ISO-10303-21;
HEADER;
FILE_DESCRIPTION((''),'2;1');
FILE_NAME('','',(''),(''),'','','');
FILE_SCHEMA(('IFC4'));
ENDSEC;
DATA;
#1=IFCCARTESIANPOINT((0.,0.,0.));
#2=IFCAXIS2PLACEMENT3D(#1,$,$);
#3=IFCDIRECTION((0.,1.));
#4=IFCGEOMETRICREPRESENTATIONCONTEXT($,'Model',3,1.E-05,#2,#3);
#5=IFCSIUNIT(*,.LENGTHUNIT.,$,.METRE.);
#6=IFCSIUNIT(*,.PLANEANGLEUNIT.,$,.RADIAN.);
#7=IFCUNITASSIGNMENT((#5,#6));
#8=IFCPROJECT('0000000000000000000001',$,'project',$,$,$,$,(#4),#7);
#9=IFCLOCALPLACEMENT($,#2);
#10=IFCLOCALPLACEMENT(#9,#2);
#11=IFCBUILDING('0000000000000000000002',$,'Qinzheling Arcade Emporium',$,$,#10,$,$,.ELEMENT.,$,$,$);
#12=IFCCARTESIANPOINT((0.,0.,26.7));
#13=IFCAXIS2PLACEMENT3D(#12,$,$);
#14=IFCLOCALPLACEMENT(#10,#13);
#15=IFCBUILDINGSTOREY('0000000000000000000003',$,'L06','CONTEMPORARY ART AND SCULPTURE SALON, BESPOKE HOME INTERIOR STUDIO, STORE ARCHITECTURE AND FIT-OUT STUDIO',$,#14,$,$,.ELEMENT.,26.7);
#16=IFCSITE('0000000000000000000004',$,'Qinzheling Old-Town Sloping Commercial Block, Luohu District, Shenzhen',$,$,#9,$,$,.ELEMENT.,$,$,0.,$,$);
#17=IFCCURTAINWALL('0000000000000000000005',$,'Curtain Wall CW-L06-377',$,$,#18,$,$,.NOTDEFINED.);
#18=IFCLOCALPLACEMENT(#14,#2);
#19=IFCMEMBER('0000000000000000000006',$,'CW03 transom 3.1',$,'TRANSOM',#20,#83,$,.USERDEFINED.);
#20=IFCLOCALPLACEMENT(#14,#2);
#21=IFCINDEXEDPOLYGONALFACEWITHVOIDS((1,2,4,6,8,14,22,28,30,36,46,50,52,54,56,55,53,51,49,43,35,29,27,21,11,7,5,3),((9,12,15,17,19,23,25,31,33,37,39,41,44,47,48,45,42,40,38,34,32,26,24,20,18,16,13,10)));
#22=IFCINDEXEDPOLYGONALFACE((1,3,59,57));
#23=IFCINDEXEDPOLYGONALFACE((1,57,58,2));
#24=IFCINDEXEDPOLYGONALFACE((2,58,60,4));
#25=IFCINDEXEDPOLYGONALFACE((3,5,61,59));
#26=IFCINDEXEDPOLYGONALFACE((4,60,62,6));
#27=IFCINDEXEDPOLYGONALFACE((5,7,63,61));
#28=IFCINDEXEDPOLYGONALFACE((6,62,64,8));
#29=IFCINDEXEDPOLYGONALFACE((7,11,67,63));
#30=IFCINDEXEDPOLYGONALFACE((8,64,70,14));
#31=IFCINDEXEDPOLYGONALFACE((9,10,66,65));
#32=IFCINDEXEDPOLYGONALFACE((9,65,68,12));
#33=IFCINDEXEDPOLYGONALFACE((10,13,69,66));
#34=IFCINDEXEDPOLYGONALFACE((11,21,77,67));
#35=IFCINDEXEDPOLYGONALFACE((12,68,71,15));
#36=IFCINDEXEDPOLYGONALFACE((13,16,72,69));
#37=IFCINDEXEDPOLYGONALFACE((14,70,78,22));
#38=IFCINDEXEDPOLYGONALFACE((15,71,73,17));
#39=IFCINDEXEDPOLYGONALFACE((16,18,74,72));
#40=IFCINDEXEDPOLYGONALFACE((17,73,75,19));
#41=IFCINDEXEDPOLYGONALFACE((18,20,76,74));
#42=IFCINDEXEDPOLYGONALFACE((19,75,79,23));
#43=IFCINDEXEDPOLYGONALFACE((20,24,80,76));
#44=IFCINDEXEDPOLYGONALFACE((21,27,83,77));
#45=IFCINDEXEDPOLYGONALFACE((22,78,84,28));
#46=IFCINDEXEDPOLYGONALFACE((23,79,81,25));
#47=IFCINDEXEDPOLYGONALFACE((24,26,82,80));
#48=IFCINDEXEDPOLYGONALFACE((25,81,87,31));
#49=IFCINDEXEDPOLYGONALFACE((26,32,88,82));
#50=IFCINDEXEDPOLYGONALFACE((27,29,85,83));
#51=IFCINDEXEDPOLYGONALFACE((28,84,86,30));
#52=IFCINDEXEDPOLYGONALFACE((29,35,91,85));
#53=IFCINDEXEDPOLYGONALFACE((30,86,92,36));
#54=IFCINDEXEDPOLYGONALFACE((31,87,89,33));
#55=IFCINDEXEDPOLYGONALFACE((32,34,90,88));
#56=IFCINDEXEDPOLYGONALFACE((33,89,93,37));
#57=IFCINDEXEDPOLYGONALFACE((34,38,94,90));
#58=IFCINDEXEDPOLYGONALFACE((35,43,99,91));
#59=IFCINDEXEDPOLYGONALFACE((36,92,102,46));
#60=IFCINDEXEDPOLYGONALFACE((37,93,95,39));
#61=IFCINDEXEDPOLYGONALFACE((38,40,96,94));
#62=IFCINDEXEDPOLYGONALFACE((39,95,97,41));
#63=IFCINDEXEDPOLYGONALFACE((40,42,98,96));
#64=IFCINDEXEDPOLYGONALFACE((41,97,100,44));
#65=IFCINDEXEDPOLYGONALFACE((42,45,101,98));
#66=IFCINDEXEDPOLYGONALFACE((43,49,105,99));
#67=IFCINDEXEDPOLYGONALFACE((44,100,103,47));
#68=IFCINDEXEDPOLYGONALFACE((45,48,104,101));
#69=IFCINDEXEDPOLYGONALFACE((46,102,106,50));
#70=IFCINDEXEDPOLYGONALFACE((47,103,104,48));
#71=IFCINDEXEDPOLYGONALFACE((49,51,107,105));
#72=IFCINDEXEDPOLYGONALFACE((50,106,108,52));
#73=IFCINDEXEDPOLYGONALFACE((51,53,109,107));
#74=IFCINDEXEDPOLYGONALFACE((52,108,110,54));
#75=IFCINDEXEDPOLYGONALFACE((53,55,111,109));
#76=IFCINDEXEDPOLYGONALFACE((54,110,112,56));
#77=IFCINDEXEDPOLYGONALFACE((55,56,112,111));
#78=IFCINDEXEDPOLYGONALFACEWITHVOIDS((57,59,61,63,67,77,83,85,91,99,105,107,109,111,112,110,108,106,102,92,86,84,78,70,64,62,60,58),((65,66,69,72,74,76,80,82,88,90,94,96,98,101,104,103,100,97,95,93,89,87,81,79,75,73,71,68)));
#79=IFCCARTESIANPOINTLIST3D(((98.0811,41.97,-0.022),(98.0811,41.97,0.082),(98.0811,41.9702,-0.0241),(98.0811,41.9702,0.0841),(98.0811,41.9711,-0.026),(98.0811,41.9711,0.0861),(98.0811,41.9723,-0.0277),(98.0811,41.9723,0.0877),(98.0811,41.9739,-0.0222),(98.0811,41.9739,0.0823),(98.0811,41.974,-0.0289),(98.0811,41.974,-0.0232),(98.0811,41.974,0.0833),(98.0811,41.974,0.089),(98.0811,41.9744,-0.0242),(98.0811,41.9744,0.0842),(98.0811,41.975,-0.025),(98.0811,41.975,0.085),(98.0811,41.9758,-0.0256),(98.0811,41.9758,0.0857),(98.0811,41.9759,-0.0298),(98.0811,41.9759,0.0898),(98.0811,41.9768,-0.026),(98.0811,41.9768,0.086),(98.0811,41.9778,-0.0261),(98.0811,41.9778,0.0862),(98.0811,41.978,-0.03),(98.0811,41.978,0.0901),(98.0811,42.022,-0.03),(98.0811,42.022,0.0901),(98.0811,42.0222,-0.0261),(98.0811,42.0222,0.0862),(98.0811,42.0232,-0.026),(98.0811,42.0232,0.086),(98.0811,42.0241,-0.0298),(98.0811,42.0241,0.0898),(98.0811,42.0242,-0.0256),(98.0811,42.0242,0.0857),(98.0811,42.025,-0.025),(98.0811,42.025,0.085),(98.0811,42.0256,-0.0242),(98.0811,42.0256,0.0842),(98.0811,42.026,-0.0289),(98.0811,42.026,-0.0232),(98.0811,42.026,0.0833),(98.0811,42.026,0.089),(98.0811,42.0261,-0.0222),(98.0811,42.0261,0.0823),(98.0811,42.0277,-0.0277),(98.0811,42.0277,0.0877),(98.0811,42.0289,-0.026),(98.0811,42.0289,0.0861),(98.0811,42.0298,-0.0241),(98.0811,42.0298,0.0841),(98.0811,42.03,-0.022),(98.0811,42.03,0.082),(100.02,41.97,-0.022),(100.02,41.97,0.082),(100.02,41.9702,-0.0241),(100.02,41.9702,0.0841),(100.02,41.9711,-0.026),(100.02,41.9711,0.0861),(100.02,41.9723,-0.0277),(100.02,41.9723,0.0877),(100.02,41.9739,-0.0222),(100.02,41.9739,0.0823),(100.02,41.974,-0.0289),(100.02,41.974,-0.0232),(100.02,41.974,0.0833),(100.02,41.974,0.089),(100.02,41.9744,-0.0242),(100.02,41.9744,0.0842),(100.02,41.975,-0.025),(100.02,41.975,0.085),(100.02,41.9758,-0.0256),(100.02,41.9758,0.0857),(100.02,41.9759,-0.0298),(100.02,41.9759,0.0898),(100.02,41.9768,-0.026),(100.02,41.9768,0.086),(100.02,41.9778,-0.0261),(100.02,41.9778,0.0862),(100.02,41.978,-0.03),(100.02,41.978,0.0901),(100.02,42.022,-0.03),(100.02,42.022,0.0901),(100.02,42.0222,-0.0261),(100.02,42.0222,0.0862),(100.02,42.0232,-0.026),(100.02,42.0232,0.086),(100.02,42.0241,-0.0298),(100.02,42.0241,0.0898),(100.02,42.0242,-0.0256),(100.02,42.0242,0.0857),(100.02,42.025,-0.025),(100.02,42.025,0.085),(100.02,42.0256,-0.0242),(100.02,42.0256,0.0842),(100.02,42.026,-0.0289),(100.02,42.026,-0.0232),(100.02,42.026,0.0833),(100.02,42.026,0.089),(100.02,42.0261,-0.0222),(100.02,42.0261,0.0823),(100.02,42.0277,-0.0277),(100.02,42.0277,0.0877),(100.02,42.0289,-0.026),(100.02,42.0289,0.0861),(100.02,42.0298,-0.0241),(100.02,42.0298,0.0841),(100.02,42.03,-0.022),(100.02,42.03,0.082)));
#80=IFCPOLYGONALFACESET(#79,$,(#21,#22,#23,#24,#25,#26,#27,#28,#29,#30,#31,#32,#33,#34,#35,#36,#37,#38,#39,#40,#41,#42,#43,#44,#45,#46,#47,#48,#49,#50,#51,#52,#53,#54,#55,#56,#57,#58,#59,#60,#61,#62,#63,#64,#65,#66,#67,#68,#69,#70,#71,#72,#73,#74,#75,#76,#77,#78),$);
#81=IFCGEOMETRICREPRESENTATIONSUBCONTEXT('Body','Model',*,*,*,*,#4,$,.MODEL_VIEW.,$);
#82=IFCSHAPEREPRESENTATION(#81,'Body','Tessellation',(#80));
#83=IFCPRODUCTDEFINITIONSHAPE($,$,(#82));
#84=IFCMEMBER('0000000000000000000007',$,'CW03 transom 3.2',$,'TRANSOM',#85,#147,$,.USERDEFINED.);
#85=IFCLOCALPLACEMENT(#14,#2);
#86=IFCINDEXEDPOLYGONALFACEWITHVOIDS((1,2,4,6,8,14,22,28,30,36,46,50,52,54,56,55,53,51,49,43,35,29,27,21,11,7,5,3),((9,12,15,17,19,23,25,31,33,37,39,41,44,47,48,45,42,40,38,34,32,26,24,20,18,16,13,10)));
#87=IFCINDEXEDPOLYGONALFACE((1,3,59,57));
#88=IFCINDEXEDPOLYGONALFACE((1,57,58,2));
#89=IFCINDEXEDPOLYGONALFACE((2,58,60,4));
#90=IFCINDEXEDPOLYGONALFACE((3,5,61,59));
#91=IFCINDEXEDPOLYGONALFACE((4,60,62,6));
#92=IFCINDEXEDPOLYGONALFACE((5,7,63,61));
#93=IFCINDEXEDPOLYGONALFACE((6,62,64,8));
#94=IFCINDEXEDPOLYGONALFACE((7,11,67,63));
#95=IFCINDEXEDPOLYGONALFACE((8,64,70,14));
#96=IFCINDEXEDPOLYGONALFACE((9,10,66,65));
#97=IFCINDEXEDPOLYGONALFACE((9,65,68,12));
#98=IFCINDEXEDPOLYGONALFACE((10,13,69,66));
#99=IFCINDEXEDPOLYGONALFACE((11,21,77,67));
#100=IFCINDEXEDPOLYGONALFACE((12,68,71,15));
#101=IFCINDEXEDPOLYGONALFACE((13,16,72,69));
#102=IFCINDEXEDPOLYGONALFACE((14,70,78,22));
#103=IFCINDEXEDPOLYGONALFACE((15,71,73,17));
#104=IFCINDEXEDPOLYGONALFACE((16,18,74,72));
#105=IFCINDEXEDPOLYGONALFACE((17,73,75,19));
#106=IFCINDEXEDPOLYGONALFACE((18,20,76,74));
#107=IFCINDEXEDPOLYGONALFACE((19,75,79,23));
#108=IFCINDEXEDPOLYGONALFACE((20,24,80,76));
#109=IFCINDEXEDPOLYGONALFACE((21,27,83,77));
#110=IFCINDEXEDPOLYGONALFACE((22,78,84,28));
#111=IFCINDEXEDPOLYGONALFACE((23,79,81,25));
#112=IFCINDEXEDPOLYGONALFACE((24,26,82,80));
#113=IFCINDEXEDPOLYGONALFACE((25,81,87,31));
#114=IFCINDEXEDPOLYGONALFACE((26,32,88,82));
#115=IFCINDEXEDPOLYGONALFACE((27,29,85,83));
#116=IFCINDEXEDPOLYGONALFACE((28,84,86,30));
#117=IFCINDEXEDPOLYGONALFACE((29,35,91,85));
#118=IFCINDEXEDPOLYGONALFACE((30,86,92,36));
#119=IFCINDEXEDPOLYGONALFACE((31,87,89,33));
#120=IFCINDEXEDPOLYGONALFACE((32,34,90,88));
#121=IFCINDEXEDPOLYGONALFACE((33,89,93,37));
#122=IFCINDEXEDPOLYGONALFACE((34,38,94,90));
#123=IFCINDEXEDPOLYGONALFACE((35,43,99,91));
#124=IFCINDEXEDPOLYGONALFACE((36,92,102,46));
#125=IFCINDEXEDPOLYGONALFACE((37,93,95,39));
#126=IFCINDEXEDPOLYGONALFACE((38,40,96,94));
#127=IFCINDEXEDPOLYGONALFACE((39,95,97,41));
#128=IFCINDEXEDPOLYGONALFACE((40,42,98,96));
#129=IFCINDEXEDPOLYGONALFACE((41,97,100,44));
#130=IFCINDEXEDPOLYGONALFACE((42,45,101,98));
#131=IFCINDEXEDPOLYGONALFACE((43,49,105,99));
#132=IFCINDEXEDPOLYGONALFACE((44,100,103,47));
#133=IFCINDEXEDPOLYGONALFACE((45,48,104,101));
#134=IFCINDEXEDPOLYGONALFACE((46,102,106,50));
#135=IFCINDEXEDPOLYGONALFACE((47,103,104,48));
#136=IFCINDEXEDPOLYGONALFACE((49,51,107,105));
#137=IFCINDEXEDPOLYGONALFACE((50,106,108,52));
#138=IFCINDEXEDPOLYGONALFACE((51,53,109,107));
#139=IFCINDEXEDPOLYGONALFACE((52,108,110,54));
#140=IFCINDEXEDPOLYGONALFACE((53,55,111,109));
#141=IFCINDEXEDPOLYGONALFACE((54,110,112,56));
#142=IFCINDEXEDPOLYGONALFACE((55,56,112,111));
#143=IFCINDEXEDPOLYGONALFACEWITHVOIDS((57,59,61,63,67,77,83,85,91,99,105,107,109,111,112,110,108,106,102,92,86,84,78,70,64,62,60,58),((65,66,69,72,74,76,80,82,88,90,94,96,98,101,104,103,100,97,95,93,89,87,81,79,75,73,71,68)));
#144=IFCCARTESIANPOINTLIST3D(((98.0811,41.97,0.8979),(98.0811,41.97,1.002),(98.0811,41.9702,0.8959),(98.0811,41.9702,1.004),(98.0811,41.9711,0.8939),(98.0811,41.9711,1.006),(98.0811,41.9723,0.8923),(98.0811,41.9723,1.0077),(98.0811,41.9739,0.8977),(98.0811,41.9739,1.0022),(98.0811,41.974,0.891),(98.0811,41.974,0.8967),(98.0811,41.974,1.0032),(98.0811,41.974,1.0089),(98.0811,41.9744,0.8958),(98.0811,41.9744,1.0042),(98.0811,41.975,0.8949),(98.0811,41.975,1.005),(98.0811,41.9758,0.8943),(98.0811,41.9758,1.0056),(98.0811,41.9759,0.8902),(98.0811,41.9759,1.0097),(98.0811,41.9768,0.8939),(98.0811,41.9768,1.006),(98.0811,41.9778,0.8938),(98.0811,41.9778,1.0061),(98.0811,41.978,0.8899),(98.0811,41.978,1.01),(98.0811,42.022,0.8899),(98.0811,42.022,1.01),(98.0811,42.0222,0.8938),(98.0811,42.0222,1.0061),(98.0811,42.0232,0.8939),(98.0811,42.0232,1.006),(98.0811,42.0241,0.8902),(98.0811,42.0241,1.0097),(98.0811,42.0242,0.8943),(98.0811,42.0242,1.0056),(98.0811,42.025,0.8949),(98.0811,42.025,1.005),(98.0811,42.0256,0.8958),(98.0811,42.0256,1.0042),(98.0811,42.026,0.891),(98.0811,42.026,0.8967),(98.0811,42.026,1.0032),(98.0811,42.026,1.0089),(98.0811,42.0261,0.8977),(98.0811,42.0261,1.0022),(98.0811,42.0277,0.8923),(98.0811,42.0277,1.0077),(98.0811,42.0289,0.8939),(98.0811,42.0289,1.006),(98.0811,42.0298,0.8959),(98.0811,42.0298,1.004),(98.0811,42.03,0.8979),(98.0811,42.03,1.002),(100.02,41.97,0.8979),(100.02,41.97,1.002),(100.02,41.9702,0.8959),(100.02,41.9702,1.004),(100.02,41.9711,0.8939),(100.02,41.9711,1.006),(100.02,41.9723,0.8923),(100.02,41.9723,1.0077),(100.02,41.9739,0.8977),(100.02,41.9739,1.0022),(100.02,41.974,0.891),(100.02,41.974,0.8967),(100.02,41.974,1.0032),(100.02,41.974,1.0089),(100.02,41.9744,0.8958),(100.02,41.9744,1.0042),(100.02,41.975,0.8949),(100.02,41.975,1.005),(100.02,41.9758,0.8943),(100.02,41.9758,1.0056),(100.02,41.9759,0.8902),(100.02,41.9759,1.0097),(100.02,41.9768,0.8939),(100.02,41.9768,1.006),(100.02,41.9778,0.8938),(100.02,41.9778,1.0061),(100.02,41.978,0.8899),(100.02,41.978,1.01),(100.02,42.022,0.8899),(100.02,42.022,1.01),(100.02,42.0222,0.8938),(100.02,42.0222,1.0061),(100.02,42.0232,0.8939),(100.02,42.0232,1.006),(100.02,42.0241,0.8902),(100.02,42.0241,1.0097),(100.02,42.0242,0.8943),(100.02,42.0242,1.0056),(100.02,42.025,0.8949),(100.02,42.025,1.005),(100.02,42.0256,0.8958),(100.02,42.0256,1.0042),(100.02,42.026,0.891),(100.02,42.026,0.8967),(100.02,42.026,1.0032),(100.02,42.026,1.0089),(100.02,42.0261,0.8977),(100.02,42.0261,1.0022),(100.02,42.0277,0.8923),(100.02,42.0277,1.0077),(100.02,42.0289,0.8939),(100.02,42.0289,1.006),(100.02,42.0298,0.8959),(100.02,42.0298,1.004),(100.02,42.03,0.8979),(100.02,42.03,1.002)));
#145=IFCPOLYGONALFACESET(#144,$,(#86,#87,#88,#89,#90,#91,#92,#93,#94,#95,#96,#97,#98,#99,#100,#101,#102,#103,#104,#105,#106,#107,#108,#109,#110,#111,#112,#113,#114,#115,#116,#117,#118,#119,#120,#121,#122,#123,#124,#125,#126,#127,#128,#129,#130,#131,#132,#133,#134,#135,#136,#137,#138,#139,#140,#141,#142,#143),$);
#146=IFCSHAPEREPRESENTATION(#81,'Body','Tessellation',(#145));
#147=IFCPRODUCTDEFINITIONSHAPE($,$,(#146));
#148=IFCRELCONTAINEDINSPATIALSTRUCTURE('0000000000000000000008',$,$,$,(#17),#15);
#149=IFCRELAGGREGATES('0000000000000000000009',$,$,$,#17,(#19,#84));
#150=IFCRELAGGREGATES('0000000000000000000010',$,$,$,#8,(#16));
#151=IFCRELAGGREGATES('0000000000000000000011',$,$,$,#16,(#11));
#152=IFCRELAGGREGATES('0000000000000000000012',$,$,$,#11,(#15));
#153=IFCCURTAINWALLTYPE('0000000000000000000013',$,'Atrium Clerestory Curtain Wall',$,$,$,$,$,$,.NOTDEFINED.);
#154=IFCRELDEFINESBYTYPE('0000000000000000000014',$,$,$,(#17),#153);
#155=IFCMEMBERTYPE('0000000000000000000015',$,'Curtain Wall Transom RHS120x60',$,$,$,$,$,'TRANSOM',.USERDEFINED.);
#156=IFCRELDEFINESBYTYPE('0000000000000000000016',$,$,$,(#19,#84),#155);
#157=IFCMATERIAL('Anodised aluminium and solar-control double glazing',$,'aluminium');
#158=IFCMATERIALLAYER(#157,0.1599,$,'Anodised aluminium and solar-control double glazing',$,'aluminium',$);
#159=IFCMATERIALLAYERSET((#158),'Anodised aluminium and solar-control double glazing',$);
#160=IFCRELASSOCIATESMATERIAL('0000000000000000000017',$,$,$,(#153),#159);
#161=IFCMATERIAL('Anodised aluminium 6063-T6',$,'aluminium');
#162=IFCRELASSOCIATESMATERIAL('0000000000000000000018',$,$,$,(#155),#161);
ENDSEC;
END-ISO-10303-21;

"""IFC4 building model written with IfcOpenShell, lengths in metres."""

from ifc_helpers import new_model, si_unit, direction, frame, origin, origin_2d, place, context, subcontext, project, spatial, hollow_rectangle, extrude, material, layer, layer_set, material_profile, profile_set, type_object, element, aggregate, save


model = new_model("IFC4")

# Units and contexts
model_context = context("Model", 3, precision=1e-05, world=origin(), true_north=direction((0.0, 1.0)))
body_context = subcontext(model_context, "Body", "Model", "MODEL_VIEW")
ifc_project = project(units=[si_unit("LENGTHUNIT", "METRE"), si_unit("PLANEANGLEUNIT", "RADIAN")], contexts=[model_context])

# Site, building, storey
site_placement = place(None, origin())
site = spatial("IfcSite", under=ifc_project, at=site_placement, Name="Qinzheling Old-Town Sloping Commercial Block, Luohu District, Shenzhen", CompositionType="ELEMENT", RefElevation=0.0)
building_placement = place(site_placement, origin())
building = spatial("IfcBuilding", under=site, at=building_placement, Name="Qinzheling Arcade Emporium", CompositionType="ELEMENT")
storey_placement = place(building_placement, frame((0.0, 0.0, 26.7)))
storey = spatial("IfcBuildingStorey", under=building, at=storey_placement, Name="L06", Description="CONTEMPORARY ART AND SCULPTURE SALON, BESPOKE HOME INTERIOR STUDIO, STORE ARCHITECTURE AND FIT-OUT STUDIO", CompositionType="ELEMENT", Elevation=26.7)

# Curtain wall, members
ifc_material_1 = material(Name="Anodised aluminium and solar-control double glazing", Category="aluminium")
ifc_layer_1 = layer(ifc_material_1, 0.1599, Name="Anodised aluminium and solar-control double glazing", Category="aluminium")
ifc_layer_set_1 = layer_set([ifc_layer_1], Name="Anodised aluminium and solar-control double glazing")
curtain_wall_type = type_object("IfcCurtainWallType", Name="Atrium Clerestory Curtain Wall", PredefinedType="NOTDEFINED", material=ifc_layer_set_1)
curtain_wall_placement = place(storey_placement, origin())
curtain_wall = element("IfcCurtainWall", 1, at=curtain_wall_placement, inside=storey, type_object=curtain_wall_type, Name="Curtain Wall CW-L06-377", PredefinedType="NOTDEFINED")
ifc_material_2 = material(Name="Anodised aluminium 6063-T6", Category="aluminium")
ifc_material_profile_1 = material_profile(ifc_material_2, hollow_rectangle(XDim=0.0601, YDim=0.1201, WallThickness=0.0039, InnerFilletRadius=0.0039, OuterFilletRadius=0.0081, at=origin_2d()), Name="RHS 120x60x4", Category="aluminium")
ifc_profile_set_1 = profile_set([ifc_material_profile_1], Name="Anodised aluminium 6063-T6")
member_type_1 = type_object("IfcMemberType", Name="Curtain Wall Transom RHS120x60", ElementType="TRANSOM", PredefinedType="USERDEFINED", material=ifc_profile_set_1)
member_1_placement = place(storey_placement, frame((100.02, 42.0, 0.03), z_axis=(-1.0, 0.0, 0.0), x_axis=(0.0, -1.0, 0.0)))
member_1 = element("IfcMember", 2, at=member_1_placement, type_object=member_type_1, Name="CW03 transom 3.1", ObjectType="TRANSOM", PredefinedType="USERDEFINED", context=body_context, shape_type="SweptSolid", body=[
    extrude(hollow_rectangle(XDim=0.0601, YDim=0.1201, WallThickness=0.0039, InnerFilletRadius=0.0039, OuterFilletRadius=0.0081, at=origin_2d()), origin(), (0.0, 0.0, 1.0), 1.939),
])
member_2_placement = place(storey_placement, frame((100.02, 42.0, 0.95), z_axis=(-1.0, 0.0, 0.0), x_axis=(0.0, -1.0, 0.0)))
member_2 = element("IfcMember", 3, at=member_2_placement, type_object=member_type_1, Name="CW03 transom 3.2", ObjectType="TRANSOM", PredefinedType="USERDEFINED", context=body_context, shape_type="SweptSolid", body=[
    extrude(hollow_rectangle(XDim=0.0601, YDim=0.1201, WallThickness=0.0039, InnerFilletRadius=0.0039, OuterFilletRadius=0.0081, at=origin_2d()), origin(), (0.0, 0.0, 1.0), 1.939),
])
aggregate(curtain_wall, [member_1, member_2])

save(model, "model.ifc")
